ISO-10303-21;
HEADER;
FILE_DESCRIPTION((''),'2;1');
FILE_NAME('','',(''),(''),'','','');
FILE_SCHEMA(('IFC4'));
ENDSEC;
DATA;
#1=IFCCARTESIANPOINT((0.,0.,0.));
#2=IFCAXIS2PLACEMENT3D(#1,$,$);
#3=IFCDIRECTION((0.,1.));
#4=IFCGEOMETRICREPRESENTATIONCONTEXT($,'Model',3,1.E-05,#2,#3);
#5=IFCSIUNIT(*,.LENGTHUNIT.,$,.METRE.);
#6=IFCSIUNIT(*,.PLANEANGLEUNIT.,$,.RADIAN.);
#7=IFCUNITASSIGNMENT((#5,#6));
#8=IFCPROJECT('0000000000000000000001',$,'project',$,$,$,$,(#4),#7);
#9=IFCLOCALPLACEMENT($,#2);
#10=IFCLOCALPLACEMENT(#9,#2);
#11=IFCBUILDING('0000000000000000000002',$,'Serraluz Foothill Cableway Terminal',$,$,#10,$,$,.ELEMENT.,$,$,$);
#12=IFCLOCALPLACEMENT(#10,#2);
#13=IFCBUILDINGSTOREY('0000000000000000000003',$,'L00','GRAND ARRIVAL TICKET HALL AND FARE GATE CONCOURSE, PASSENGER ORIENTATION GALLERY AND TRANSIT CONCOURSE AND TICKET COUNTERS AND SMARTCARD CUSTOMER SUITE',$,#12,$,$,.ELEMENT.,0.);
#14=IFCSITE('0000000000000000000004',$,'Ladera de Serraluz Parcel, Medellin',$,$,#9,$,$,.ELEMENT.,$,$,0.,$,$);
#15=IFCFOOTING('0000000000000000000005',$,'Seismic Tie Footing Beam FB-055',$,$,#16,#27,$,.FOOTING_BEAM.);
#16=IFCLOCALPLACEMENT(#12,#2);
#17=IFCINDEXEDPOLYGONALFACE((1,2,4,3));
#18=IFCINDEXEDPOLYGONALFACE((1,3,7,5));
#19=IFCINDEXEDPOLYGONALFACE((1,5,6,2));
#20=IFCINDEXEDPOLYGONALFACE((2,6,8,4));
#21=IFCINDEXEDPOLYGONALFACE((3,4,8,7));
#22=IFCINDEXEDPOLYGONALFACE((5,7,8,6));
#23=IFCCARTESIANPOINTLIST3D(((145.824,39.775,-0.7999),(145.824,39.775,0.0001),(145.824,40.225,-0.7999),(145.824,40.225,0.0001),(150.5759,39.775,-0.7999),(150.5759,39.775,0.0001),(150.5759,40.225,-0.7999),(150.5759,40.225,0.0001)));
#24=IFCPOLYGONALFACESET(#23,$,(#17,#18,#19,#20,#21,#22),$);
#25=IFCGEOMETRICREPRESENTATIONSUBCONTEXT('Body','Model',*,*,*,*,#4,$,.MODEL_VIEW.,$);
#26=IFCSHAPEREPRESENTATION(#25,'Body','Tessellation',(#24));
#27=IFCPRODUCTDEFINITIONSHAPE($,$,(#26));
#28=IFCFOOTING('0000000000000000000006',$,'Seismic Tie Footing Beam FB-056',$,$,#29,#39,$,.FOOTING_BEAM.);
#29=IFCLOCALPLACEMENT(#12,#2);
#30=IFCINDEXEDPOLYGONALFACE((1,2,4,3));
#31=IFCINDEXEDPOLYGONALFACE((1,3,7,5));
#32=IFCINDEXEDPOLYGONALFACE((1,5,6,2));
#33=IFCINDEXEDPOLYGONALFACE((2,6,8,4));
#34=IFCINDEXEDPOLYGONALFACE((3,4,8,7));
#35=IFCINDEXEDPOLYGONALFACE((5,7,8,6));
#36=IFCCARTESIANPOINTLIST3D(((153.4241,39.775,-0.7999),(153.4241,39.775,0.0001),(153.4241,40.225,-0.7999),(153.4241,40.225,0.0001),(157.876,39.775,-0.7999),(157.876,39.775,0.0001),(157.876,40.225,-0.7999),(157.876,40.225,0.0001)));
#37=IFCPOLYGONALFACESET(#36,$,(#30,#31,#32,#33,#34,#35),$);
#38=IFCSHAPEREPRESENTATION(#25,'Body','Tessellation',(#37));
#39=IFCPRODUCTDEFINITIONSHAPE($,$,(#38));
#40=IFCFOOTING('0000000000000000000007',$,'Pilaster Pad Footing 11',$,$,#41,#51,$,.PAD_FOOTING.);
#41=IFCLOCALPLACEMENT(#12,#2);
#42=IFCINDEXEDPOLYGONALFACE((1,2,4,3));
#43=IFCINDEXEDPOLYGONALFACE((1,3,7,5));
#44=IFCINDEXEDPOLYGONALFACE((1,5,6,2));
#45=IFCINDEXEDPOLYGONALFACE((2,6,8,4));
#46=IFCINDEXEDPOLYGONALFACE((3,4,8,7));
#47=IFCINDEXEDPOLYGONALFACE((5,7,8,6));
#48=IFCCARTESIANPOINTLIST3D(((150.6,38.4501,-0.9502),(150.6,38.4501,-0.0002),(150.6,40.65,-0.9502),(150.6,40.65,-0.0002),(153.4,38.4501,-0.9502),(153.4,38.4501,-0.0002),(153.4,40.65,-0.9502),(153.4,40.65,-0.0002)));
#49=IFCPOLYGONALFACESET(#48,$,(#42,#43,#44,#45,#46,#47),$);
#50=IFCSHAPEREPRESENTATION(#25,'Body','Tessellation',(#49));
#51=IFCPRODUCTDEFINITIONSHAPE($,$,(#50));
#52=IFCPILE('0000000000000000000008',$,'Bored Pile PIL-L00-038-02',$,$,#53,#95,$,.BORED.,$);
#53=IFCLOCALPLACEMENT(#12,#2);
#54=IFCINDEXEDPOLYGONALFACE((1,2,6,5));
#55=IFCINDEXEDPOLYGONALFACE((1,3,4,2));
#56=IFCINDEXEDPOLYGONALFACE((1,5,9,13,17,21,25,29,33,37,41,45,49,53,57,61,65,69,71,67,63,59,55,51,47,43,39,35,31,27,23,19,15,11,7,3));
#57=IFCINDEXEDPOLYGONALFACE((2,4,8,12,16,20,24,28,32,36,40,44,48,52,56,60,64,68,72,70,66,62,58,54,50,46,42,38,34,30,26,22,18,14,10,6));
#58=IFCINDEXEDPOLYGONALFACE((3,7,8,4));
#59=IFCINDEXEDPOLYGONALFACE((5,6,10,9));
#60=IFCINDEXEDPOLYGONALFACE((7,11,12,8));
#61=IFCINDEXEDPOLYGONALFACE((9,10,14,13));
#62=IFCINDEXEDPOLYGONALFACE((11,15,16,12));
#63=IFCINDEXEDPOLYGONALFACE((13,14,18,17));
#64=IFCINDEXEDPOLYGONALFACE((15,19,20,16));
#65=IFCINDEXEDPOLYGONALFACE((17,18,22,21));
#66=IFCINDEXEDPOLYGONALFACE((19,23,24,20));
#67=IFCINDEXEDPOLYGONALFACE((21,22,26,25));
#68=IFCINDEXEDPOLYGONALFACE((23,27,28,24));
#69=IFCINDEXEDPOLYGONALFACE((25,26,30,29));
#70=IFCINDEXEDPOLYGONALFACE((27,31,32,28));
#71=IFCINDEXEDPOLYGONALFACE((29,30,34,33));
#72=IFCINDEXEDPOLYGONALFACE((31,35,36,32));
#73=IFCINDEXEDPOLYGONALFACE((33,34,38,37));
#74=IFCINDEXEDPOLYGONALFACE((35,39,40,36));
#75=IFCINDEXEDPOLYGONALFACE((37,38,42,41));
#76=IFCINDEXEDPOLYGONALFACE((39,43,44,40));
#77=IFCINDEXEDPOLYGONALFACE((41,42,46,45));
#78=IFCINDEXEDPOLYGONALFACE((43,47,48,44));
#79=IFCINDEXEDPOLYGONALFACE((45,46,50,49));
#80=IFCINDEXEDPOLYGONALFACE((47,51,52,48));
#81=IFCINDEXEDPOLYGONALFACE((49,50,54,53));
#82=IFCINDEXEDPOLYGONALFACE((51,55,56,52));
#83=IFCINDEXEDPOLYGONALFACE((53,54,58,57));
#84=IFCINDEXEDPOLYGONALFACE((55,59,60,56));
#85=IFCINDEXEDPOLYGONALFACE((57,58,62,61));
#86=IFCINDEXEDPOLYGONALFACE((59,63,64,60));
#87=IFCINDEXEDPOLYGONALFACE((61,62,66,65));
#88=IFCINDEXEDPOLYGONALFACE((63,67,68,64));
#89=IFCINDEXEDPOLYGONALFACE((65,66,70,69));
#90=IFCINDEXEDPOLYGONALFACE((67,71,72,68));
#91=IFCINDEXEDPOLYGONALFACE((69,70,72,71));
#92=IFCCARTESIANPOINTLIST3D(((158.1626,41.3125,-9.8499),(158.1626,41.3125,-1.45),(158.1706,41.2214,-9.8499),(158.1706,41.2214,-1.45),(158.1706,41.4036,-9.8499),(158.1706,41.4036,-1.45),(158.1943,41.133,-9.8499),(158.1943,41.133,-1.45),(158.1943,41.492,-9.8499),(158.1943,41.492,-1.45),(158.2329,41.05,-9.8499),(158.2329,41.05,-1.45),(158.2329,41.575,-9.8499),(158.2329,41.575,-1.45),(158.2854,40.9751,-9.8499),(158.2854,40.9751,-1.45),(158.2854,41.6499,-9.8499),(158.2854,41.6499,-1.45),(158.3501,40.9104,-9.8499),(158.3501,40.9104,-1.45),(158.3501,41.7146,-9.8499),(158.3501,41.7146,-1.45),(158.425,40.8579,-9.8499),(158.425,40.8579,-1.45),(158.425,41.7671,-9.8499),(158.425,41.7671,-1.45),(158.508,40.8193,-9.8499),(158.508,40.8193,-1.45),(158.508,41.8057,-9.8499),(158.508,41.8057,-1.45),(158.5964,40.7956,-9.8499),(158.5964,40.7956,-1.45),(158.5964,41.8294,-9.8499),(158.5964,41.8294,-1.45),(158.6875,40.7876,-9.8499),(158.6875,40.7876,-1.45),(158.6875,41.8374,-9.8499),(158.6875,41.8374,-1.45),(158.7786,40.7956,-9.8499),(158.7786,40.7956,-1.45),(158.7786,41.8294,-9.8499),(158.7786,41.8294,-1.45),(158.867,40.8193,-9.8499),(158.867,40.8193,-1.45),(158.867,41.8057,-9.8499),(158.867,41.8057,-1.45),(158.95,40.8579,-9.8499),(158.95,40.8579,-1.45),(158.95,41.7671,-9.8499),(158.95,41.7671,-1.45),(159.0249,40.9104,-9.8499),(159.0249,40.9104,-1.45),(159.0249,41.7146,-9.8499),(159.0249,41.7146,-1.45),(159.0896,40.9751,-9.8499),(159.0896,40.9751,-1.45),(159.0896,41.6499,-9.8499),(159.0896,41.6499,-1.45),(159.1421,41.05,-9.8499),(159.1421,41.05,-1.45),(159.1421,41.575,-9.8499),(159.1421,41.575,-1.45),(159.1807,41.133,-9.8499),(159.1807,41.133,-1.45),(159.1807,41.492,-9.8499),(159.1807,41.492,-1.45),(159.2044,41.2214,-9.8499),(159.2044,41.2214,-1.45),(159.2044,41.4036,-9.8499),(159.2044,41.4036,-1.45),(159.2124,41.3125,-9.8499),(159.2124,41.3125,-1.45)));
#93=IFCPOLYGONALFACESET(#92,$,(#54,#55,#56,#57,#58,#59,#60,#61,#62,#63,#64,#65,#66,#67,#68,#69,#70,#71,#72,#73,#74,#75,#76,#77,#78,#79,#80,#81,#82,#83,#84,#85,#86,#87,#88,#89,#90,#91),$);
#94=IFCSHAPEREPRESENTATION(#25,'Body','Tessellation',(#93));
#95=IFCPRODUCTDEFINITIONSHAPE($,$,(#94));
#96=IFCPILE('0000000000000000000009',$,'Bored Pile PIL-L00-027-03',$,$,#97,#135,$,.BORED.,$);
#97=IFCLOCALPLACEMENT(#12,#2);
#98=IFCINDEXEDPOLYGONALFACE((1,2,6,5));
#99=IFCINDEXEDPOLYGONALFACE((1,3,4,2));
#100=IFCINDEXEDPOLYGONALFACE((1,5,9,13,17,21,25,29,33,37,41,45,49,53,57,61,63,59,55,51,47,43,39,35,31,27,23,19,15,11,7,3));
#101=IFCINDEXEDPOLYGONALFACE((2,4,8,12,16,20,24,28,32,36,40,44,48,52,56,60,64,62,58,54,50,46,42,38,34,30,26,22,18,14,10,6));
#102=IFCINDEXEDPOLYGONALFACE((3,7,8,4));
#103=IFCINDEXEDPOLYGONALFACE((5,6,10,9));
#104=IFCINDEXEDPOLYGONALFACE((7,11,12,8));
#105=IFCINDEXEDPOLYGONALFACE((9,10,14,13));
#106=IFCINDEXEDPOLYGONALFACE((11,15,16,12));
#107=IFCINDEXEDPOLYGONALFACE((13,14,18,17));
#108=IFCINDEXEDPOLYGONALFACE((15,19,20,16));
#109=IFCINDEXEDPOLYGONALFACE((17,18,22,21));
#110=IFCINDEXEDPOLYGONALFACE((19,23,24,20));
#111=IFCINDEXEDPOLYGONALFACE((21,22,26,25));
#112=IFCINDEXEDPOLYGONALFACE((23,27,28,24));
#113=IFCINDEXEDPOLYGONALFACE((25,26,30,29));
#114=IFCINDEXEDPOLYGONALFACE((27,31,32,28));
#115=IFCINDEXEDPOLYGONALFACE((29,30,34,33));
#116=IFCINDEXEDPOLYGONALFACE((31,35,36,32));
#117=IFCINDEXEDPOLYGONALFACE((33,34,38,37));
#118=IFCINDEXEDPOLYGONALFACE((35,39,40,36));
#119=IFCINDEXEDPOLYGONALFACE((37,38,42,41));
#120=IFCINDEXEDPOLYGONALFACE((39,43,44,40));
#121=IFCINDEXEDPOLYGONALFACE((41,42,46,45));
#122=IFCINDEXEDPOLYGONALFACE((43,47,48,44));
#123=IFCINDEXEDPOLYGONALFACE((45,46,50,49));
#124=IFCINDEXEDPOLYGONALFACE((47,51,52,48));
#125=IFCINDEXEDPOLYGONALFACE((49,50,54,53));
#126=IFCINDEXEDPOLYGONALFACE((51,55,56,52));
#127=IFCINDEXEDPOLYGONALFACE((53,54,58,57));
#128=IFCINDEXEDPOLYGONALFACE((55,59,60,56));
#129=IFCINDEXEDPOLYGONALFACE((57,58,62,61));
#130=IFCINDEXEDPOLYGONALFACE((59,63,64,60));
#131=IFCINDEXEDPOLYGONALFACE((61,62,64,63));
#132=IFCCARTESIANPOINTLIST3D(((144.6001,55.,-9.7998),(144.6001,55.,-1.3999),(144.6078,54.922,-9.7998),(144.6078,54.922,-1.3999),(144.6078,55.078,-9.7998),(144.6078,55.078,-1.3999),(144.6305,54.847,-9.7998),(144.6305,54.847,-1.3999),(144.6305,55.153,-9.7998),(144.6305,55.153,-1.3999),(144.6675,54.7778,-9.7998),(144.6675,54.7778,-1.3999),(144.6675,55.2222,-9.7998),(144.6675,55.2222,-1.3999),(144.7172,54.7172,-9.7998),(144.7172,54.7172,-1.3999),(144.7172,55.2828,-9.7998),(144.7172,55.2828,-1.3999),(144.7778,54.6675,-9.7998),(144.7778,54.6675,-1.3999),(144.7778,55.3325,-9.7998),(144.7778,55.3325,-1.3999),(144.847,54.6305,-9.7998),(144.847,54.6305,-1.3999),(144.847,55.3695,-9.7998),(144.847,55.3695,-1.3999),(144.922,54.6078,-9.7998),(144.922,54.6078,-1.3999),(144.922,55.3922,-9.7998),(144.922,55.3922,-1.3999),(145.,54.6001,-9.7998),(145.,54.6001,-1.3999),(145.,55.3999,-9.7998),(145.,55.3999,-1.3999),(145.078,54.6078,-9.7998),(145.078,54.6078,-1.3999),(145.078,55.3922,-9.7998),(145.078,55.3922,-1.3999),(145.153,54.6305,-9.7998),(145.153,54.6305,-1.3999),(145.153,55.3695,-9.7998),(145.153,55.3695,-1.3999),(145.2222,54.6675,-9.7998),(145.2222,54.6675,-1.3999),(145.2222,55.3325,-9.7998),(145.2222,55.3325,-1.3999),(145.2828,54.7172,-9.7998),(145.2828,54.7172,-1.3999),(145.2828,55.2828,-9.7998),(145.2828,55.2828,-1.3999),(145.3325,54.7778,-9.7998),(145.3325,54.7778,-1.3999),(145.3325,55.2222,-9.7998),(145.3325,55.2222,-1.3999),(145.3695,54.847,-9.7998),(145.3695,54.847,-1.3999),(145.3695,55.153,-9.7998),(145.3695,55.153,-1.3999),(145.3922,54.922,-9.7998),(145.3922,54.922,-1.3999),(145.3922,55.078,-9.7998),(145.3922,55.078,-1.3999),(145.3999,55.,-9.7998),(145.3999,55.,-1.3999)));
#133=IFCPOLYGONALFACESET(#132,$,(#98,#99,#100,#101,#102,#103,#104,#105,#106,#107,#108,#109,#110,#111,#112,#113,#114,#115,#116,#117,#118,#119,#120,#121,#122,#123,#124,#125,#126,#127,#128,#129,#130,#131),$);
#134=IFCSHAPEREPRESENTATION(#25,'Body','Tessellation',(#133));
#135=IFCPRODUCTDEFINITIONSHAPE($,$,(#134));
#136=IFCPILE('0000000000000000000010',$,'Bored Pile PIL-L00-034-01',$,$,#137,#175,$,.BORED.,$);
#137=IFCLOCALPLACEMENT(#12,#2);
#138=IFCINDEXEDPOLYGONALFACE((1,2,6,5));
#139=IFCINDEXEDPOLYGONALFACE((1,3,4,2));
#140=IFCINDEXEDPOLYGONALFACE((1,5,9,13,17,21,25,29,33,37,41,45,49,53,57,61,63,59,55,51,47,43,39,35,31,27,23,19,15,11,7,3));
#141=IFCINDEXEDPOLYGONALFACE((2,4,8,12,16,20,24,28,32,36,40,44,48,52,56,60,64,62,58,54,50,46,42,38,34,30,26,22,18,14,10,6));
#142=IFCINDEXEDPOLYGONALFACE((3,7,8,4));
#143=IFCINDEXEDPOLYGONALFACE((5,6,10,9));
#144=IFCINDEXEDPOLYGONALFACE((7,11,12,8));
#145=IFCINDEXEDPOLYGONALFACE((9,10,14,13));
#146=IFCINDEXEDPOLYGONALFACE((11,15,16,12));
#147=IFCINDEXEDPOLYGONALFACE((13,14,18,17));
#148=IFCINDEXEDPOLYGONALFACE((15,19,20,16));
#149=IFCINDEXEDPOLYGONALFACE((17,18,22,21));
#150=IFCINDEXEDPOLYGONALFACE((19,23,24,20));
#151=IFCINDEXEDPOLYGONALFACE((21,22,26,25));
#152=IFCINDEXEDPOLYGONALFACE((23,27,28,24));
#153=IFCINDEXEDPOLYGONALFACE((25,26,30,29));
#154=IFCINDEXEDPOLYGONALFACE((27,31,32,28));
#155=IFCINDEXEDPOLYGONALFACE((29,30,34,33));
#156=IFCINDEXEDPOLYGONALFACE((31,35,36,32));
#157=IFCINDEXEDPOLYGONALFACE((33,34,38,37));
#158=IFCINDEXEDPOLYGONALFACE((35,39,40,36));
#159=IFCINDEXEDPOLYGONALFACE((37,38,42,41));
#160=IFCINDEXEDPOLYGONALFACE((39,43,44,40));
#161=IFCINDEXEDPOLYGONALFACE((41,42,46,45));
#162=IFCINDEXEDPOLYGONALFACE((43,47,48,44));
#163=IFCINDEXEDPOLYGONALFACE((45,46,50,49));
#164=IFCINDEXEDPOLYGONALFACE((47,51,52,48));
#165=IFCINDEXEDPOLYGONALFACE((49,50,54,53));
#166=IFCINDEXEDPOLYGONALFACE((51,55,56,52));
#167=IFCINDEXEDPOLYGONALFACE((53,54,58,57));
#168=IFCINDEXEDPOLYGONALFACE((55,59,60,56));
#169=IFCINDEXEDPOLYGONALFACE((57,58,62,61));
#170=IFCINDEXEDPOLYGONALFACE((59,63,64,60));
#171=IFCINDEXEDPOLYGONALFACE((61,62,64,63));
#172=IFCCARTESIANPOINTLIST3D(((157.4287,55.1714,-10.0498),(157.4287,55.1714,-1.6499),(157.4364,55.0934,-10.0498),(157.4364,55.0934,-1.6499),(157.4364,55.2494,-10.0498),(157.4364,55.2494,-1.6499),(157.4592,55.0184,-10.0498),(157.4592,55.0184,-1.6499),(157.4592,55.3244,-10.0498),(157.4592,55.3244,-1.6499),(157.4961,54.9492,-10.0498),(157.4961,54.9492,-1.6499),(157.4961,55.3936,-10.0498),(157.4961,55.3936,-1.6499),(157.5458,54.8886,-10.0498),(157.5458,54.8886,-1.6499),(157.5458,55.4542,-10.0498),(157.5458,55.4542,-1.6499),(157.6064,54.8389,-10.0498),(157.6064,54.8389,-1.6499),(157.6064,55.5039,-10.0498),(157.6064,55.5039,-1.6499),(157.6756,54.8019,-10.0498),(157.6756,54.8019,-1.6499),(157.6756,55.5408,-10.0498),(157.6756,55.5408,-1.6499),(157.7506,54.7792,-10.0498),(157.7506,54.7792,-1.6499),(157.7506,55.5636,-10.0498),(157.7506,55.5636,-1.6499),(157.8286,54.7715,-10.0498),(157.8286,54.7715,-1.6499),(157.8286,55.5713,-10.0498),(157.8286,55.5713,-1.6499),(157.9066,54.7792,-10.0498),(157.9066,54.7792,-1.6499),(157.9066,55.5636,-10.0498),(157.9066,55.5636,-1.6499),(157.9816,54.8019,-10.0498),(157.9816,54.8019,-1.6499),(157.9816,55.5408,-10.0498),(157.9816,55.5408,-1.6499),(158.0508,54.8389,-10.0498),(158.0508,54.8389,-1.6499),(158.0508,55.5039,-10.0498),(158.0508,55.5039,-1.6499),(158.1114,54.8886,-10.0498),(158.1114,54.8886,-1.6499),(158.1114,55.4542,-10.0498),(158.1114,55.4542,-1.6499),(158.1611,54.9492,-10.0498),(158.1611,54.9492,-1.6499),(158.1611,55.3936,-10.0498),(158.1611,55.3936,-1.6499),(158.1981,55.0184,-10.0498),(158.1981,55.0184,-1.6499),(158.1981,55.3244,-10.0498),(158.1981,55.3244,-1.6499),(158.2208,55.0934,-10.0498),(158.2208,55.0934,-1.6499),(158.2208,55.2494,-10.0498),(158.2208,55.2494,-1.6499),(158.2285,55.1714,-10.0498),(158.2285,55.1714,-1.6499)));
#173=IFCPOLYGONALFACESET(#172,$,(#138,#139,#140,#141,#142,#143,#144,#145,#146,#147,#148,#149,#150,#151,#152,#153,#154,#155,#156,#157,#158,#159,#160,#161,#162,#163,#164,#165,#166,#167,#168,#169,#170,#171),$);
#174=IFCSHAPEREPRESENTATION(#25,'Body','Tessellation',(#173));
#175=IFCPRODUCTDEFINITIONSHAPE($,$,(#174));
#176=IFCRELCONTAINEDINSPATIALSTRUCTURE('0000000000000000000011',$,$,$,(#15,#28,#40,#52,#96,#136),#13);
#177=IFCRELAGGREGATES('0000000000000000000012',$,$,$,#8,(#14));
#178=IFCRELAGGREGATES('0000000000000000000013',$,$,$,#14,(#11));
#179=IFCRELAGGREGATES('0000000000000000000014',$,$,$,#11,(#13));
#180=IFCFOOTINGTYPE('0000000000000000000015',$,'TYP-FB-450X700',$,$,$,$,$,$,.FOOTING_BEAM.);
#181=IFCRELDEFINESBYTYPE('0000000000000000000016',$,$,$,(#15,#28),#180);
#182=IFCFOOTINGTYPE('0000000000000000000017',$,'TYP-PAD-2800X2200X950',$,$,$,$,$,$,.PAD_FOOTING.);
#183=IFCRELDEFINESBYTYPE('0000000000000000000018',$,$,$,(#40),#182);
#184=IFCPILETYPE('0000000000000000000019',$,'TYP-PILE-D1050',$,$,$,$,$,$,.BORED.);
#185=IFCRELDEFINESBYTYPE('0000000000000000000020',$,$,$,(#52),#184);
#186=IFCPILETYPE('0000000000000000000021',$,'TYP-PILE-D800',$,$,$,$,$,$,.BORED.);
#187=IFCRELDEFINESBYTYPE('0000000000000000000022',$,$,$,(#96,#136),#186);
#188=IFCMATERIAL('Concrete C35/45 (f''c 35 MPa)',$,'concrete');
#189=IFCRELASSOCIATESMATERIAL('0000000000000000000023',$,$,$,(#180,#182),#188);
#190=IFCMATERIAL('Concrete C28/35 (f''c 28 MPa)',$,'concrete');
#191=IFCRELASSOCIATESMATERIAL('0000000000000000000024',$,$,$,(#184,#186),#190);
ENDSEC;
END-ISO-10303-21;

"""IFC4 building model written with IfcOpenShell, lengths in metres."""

from ifc_helpers import new_model, si_unit, direction, frame, origin, origin_2d, place, context, subcontext, project, spatial, rectangle, circle, extrude, material, material_profile, profile_set, type_object, element, save


model = new_model("IFC4")

# Units and contexts
model_context = context("Model", 3, precision=1e-05, world=origin(), true_north=direction((0.0, 1.0)))
body_context = subcontext(model_context, "Body", "Model", "MODEL_VIEW")
ifc_project = project(units=[si_unit("LENGTHUNIT", "METRE"), si_unit("PLANEANGLEUNIT", "RADIAN")], contexts=[model_context])

# Site, building, storey
site_placement = place(None, origin())
site = spatial("IfcSite", under=ifc_project, at=site_placement, Name="Ladera de Serraluz Parcel, Medellin", CompositionType="ELEMENT", RefElevation=0.0)
building_placement = place(site_placement, origin())
building = spatial("IfcBuilding", under=site, at=building_placement, Name="Serraluz Foothill Cableway Terminal", CompositionType="ELEMENT")
storey_placement = place(building_placement, origin())
storey = spatial("IfcBuildingStorey", under=building, at=storey_placement, Name="L00", Description="GRAND ARRIVAL TICKET HALL AND FARE GATE CONCOURSE, PASSENGER ORIENTATION GALLERY AND TRANSIT CONCOURSE AND TICKET COUNTERS AND SMARTCARD CUSTOMER SUITE", CompositionType="ELEMENT", Elevation=0.0)

# Footings
ifc_material_1 = material(Name="Concrete C35/45 (f'c 35 MPa)", Category="concrete")
ifc_material_profile_1 = material_profile(ifc_material_1, rectangle(XDim=0.45, YDim=0.8, at=origin_2d()), Name="RC 450x800")
ifc_profile_set_1 = profile_set([ifc_material_profile_1], Name="Concrete C35/45 (f'c 35 MPa)")
footing_type_1 = type_object("IfcFootingType", Name="TYP-FB-450X700", PredefinedType="FOOTING_BEAM", material=ifc_profile_set_1)
footing_1_placement = place(storey_placement, frame((145.824, 40.0, -0.3999), z_axis=(1.0, 0.0, 0.0), x_axis=(0.0, 1.0, 0.0)))
element("IfcFooting", 1, at=footing_1_placement, inside=storey, type_object=footing_type_1, Name="Seismic Tie Footing Beam FB-055", PredefinedType="FOOTING_BEAM", context=body_context, shape_type="SweptSolid", body=[
    extrude(rectangle(XDim=0.45, YDim=0.8, at=origin_2d()), origin(), (0.0, 0.0, 1.0), 4.752),
])
footing_2_placement = place(storey_placement, frame((153.4241, 40.0, -0.3999), z_axis=(1.0, 0.0, 0.0), x_axis=(0.0, 1.0, 0.0)))
element("IfcFooting", 2, at=footing_2_placement, inside=storey, type_object=footing_type_1, Name="Seismic Tie Footing Beam FB-056", PredefinedType="FOOTING_BEAM", context=body_context, shape_type="SweptSolid", body=[
    extrude(rectangle(XDim=0.45, YDim=0.8, at=origin_2d()), origin(), (0.0, 0.0, 1.0), 4.4519),
])
footing_type_2 = type_object("IfcFootingType", Name="TYP-PAD-2800X2200X950", PredefinedType="PAD_FOOTING", material=ifc_material_1)
footing_3_placement = place(storey_placement, frame((152.0, 39.55, -0.9502), z_axis=(0.0, 0.0, 1.0), x_axis=(1.0, 0.0, 0.0)))
element("IfcFooting", 3, at=footing_3_placement, inside=storey, type_object=footing_type_2, Name="Pilaster Pad Footing 11", PredefinedType="PAD_FOOTING", context=body_context, shape_type="SweptSolid", body=[
    extrude(rectangle(XDim=2.8, YDim=2.2, at=origin_2d()), origin(), (0.0, 0.0, 1.0), 0.95),
])

# Piles
ifc_material_2 = material(Name="Concrete C28/35 (f'c 28 MPa)", Category="concrete")
ifc_material_profile_2 = material_profile(ifc_material_2, circle(Radius=0.5249, at=origin_2d()), Name="BORED PILE D1050")
ifc_profile_set_2 = profile_set([ifc_material_profile_2], Name="Concrete C28/35 (f'c 28 MPa)")
pile_type_1 = type_object("IfcPileType", Name="TYP-PILE-D1050", PredefinedType="BORED", material=ifc_profile_set_2)
pile_placement = place(storey_placement, frame((158.6875, 41.3125, -1.45), z_axis=(0.0, 0.0, -1.0), x_axis=(1.0, 0.0, 0.0)))
element("IfcPile", 4, at=pile_placement, inside=storey, type_object=pile_type_1, Name="Bored Pile PIL-L00-038-02", PredefinedType="BORED", context=body_context, shape_type="SweptSolid", body=[
    extrude(circle(Radius=0.5249, at=origin_2d()), origin(), (0.0, 0.0, 1.0), 8.3999),
])
ifc_material_profile_3 = material_profile(ifc_material_2, circle(Radius=0.3999, at=origin_2d()), Name="BORED PILE D800")
ifc_profile_set_3 = profile_set([ifc_material_profile_3], Name="Concrete C28/35 (f'c 28 MPa)")
pile_type_2 = type_object("IfcPileType", Name="TYP-PILE-D800", PredefinedType="BORED", material=ifc_profile_set_3)
for number, where, z_axis, x_axis, name in (
    (5, (145.0, 55.0, -1.3999), (0.0, 0.0, -1.0), (1.0, 0.0, 0.0), "Bored Pile PIL-L00-027-03"),
    (6, (157.8286, 55.1714, -1.6499), (0.0, 0.0, -1.0), (1.0, 0.0, 0.0), "Bored Pile PIL-L00-034-01"),
):
    element("IfcPile", number, at=place(storey_placement, frame(where, z_axis=z_axis, x_axis=x_axis)), inside=storey, type_object=pile_type_2, Name=name, PredefinedType="BORED", context=body_context, shape_type="SweptSolid", body=[
        extrude(circle(Radius=0.3999, at=origin_2d()), origin(), (0.0, 0.0, 1.0), 8.3999),
    ])

save(model, "model.ifc")
